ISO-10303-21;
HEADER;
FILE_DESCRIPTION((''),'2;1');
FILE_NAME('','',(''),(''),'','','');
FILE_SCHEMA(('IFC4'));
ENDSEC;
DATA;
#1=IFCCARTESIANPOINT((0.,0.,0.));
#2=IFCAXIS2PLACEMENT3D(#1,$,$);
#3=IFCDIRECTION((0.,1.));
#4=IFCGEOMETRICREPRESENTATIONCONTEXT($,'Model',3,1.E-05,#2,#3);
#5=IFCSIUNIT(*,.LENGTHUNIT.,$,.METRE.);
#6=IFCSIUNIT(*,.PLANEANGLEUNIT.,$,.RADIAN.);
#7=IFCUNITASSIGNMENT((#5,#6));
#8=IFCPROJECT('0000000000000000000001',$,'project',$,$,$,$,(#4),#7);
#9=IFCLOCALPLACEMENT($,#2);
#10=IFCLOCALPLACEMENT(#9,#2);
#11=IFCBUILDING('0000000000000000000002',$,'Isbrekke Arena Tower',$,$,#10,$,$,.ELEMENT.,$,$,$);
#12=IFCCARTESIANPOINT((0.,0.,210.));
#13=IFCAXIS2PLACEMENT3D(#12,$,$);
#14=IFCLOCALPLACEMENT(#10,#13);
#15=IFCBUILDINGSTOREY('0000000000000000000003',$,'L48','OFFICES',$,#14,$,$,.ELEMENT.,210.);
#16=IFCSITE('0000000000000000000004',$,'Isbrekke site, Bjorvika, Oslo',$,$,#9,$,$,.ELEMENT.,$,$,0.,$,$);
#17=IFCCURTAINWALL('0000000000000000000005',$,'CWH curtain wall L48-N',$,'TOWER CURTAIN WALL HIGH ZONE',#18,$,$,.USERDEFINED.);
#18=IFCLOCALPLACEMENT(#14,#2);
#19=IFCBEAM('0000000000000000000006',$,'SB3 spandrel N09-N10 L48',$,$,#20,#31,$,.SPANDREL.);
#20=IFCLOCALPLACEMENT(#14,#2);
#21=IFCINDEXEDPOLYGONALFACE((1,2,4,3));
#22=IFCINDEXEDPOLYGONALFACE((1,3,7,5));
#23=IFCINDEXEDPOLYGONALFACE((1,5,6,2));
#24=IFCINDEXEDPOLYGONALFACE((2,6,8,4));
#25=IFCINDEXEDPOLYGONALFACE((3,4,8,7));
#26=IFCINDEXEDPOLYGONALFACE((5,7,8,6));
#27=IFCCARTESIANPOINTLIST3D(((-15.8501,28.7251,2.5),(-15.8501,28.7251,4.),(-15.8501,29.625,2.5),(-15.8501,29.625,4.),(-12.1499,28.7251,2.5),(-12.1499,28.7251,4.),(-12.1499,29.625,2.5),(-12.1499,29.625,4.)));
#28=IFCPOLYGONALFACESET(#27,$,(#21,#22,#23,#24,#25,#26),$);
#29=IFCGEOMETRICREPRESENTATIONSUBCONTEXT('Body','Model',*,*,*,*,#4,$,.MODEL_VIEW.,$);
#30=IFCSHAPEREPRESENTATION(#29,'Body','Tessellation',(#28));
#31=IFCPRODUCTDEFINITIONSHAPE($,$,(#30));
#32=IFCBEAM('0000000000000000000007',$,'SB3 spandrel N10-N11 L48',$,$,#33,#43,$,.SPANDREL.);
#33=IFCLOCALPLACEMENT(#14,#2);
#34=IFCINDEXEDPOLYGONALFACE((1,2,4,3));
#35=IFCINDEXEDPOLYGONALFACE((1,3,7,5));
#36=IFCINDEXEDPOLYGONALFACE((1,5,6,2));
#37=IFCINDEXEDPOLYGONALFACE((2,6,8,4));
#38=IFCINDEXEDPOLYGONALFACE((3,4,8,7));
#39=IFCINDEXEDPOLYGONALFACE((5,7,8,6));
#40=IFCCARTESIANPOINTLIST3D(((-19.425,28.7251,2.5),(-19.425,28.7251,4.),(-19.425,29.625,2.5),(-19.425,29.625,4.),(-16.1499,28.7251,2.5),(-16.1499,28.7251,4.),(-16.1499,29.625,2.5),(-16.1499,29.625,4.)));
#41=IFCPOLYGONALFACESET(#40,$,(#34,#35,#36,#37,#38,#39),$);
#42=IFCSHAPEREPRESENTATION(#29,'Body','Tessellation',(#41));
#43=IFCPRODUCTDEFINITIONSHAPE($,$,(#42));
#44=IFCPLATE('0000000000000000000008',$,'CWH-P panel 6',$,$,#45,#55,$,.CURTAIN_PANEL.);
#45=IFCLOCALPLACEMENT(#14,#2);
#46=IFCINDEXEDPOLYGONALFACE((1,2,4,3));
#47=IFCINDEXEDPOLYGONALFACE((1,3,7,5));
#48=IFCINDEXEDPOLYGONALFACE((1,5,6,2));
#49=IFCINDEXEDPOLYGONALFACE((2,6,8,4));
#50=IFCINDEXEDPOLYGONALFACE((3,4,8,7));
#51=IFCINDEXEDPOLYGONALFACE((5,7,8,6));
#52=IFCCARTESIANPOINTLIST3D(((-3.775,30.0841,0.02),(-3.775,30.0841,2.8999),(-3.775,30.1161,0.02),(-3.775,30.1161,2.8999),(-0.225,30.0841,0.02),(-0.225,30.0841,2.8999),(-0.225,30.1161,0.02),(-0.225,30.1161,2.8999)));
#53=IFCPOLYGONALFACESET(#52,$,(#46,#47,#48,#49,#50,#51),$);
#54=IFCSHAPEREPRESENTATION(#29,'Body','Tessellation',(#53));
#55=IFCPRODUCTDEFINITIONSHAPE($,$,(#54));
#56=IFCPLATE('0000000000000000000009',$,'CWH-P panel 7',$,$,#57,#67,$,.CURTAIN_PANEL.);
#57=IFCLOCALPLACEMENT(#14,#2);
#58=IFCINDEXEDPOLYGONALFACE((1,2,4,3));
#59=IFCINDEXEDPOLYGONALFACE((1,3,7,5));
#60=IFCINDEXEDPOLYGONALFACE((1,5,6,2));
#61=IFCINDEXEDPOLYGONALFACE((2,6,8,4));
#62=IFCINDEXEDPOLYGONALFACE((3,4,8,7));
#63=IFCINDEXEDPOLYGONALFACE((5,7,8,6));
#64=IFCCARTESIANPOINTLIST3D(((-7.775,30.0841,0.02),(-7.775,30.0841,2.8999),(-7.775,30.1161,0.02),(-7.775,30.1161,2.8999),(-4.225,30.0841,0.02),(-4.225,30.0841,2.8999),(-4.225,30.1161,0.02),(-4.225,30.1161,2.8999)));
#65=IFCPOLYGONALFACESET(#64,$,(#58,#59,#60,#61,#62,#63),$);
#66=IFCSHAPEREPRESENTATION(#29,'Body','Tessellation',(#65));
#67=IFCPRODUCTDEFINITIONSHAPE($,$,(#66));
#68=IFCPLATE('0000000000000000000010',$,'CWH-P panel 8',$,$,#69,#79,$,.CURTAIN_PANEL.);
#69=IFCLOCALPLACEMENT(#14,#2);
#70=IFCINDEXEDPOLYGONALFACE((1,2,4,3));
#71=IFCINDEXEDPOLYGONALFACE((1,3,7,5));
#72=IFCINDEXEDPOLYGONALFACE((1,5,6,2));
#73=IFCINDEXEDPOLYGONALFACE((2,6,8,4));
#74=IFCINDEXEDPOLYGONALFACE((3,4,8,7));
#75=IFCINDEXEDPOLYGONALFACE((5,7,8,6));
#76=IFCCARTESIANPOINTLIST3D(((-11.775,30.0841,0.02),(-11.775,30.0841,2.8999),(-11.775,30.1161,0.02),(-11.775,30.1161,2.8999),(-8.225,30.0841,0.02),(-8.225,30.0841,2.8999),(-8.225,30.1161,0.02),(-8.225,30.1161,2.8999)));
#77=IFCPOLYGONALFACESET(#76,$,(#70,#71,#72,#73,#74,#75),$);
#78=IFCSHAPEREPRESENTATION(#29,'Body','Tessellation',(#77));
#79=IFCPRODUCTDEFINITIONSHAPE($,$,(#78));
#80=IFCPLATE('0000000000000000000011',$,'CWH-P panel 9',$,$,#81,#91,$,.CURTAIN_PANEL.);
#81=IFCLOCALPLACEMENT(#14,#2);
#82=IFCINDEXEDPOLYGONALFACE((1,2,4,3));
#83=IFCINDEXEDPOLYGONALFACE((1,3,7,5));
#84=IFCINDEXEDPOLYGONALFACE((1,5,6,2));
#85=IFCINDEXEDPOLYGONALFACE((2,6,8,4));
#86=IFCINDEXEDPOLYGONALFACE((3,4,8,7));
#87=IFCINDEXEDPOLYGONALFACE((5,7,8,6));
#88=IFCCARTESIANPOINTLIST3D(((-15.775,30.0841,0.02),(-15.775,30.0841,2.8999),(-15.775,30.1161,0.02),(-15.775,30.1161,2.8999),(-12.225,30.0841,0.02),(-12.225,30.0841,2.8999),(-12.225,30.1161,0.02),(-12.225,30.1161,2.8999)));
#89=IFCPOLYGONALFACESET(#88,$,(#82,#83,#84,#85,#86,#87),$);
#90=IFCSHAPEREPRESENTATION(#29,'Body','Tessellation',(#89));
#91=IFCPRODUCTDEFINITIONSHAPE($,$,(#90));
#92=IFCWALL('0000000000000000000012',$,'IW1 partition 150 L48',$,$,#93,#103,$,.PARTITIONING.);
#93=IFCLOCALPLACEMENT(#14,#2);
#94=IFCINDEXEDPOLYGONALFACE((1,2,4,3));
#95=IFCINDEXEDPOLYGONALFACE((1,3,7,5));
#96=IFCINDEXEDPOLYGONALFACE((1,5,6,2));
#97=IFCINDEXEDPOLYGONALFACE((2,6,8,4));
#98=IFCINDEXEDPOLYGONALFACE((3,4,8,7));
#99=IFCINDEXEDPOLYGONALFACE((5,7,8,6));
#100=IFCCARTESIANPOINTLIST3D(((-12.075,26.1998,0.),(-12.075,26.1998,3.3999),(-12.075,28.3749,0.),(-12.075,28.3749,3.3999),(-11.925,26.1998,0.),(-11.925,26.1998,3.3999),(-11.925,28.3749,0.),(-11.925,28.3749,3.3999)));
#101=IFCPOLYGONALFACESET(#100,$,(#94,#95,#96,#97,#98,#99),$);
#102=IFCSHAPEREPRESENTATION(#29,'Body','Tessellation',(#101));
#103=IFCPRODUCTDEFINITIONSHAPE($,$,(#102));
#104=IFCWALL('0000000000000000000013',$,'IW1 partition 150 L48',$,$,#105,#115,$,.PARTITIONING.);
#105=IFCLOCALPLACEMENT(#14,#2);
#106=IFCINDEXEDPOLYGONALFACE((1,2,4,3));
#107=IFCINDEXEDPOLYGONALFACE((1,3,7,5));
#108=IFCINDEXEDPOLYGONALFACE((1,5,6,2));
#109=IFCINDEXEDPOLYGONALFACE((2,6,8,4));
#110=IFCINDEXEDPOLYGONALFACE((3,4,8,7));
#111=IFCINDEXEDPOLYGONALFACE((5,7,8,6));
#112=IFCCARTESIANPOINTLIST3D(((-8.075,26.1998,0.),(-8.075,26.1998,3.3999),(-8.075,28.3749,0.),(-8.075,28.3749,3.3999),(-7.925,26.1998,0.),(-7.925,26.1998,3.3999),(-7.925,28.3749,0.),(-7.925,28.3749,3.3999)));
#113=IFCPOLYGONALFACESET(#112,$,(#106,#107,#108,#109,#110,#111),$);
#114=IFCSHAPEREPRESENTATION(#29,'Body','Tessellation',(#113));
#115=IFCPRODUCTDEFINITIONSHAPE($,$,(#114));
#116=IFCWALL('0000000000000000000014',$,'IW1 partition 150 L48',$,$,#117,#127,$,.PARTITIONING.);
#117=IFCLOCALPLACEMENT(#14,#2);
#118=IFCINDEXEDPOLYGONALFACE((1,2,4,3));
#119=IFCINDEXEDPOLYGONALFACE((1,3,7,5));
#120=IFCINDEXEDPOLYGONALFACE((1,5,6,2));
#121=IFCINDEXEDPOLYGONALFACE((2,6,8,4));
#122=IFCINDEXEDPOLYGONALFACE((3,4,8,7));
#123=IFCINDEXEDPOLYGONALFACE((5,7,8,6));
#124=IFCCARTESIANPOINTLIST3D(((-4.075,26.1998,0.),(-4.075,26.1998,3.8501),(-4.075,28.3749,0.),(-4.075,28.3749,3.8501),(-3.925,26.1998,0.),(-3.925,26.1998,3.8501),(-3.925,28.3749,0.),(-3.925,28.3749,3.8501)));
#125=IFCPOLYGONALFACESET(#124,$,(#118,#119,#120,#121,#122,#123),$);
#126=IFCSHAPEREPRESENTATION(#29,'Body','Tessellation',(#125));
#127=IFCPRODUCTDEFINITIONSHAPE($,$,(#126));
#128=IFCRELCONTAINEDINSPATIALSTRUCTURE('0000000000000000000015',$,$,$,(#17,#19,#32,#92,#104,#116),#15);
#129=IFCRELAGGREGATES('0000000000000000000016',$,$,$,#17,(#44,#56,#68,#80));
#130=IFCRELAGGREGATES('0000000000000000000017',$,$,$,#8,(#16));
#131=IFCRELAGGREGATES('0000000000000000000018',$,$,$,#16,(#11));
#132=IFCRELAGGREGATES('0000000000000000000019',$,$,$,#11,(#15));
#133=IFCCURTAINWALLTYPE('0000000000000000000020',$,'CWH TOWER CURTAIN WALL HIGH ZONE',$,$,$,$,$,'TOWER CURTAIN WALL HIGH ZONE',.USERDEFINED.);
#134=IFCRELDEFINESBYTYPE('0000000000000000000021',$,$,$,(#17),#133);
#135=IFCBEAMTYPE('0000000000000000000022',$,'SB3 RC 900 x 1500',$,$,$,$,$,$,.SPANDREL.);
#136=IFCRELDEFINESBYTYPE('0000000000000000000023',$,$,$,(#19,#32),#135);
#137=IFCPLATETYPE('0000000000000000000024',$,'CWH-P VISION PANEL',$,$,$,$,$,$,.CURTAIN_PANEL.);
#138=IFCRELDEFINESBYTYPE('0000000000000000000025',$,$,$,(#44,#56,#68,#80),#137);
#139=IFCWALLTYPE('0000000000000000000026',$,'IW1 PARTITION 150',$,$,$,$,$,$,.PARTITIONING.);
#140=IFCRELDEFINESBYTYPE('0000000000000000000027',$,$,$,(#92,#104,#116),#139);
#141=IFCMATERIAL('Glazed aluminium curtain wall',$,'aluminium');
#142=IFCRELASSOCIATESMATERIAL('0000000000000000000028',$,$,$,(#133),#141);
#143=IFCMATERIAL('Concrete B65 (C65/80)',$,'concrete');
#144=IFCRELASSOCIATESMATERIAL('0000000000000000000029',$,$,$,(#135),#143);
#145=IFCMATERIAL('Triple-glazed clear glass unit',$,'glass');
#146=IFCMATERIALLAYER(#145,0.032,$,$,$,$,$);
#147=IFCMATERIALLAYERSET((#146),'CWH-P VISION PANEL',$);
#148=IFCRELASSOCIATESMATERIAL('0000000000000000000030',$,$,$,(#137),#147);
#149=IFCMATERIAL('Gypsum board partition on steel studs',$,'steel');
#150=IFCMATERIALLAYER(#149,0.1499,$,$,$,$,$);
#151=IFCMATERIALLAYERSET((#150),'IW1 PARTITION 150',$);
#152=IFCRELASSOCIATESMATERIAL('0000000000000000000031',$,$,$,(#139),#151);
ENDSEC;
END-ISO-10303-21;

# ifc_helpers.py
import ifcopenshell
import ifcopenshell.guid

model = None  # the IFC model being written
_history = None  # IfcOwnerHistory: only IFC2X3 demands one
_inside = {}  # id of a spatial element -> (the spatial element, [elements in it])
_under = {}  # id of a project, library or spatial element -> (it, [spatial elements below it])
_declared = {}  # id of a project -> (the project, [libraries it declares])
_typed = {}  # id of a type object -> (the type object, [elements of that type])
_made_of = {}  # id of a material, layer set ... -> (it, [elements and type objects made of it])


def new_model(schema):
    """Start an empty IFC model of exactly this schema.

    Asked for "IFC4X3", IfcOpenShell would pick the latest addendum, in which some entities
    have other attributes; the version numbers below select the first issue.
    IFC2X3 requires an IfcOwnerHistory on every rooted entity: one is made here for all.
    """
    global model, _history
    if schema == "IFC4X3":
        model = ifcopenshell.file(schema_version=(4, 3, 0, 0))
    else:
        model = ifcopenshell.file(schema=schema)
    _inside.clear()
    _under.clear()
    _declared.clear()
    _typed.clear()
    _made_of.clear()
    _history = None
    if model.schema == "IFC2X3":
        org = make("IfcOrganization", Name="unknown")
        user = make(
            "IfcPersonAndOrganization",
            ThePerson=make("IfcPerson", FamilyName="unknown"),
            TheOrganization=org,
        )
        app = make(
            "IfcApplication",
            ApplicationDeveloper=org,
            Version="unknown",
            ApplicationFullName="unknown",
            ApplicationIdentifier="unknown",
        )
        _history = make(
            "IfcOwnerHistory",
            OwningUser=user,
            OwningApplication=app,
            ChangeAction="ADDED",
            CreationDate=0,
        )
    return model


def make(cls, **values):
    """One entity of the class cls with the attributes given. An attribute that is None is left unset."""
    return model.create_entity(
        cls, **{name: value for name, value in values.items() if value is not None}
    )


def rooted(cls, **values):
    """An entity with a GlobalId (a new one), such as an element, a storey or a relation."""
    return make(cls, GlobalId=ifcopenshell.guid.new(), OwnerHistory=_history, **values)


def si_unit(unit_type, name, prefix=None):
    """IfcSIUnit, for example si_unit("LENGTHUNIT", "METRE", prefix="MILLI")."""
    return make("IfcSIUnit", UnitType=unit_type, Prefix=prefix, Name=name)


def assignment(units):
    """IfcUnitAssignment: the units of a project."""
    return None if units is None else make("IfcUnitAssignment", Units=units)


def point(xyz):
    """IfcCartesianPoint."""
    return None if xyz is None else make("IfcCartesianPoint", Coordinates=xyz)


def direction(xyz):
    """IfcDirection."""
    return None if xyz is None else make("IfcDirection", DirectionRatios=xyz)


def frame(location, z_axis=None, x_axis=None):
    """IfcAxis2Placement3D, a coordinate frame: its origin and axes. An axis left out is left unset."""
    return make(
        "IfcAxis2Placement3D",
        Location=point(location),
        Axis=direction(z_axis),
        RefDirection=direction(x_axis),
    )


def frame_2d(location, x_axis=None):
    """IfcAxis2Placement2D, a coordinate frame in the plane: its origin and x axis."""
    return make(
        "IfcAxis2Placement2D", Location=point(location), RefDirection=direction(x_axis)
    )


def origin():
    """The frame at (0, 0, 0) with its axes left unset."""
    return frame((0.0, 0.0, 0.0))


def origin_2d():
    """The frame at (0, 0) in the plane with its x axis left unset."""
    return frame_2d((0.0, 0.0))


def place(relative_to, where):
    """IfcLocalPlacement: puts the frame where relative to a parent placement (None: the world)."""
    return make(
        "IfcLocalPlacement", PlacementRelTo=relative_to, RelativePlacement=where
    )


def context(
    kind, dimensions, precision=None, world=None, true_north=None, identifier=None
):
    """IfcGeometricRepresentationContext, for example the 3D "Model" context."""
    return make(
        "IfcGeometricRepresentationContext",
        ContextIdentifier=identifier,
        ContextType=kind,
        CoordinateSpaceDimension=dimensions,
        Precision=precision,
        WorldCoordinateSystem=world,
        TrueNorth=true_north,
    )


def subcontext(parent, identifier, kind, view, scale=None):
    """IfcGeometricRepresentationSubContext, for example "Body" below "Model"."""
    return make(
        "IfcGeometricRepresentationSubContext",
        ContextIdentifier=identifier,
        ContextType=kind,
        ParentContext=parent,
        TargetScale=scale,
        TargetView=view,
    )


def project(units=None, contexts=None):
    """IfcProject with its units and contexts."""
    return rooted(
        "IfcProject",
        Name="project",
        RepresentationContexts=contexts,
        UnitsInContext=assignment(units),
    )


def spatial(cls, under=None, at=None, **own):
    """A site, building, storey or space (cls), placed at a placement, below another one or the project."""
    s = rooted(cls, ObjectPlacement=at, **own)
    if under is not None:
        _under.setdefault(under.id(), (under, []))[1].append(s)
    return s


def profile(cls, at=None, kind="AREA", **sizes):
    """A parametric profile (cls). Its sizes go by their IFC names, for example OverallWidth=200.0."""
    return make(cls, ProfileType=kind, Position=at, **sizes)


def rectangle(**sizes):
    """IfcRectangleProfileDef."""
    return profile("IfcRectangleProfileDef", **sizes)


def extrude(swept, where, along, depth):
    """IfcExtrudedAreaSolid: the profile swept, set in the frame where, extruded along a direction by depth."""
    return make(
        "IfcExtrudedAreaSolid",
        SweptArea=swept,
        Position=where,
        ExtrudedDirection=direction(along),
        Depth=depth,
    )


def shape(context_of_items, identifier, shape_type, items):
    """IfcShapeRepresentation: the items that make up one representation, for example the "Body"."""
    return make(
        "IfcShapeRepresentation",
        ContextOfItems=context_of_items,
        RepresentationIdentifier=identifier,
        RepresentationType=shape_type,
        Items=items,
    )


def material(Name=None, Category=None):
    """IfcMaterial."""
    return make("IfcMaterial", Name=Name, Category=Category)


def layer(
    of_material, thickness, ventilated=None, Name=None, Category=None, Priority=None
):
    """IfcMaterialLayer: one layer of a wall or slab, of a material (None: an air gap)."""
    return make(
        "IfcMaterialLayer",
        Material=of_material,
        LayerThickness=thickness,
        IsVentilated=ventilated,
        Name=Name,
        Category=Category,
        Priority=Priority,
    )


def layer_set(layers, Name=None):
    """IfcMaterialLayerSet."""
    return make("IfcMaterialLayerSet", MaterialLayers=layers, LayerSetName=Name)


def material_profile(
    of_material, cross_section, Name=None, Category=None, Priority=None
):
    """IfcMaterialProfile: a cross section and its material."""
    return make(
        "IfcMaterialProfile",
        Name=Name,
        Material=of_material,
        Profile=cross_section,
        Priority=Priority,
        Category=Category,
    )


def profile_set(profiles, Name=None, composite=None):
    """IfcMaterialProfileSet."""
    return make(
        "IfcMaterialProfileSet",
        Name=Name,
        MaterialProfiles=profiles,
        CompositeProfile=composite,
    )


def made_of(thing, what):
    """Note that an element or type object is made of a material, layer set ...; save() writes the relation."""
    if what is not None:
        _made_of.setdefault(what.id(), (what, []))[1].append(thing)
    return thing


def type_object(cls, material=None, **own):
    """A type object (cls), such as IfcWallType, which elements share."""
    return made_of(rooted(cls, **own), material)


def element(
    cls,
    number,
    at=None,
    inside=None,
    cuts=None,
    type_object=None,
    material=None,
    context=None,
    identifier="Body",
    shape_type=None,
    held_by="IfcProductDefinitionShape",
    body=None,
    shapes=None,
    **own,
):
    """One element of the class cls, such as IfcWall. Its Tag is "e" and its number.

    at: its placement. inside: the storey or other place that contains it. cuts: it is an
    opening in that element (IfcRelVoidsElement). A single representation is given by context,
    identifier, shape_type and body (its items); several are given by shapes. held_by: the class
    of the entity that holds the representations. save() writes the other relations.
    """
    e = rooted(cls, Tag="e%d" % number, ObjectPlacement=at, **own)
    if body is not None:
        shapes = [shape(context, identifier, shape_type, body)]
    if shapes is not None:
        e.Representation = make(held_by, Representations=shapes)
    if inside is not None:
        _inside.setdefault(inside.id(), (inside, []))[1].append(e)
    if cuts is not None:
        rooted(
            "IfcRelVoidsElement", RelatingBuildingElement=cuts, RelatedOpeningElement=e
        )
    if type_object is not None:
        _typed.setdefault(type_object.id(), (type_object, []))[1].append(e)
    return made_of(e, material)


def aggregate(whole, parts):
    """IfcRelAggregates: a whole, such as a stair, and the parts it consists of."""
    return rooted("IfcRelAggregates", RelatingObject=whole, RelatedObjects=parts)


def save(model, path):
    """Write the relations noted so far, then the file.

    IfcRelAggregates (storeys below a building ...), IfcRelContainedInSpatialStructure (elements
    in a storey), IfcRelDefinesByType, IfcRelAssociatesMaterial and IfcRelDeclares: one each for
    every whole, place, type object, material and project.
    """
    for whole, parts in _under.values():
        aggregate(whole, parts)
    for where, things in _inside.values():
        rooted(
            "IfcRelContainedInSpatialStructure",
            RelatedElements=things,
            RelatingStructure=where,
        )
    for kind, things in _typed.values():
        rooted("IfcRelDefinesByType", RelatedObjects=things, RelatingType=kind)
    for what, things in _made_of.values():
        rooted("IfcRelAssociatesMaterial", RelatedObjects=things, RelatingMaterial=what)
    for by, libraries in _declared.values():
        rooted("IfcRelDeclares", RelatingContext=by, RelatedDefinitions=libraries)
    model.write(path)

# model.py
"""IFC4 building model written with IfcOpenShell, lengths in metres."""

from ifc_helpers import new_model, si_unit, direction, frame, frame_2d, origin, origin_2d, place, context, subcontext, project, spatial, rectangle, extrude, material, layer, layer_set, material_profile, profile_set, type_object, element, aggregate, save


model = new_model("IFC4")

# Units and contexts
model_context = context("Model", 3, precision=1e-05, world=origin(), true_north=direction((0.0, 1.0)))
body_context = subcontext(model_context, "Body", "Model", "MODEL_VIEW")
ifc_project = project(units=[si_unit("LENGTHUNIT", "METRE"), si_unit("PLANEANGLEUNIT", "RADIAN")], contexts=[model_context])

# Site, building, storey
site_placement = place(None, origin())
site = spatial("IfcSite", under=ifc_project, at=site_placement, Name="Isbrekke site, Bjorvika, Oslo", CompositionType="ELEMENT", RefElevation=0.0)
building_placement = place(site_placement, origin())
building = spatial("IfcBuilding", under=site, at=building_placement, Name="Isbrekke Arena Tower", CompositionType="ELEMENT")
storey_placement = place(building_placement, frame((0.0, 0.0, 210.0)))
storey = spatial("IfcBuildingStorey", under=building, at=storey_placement, Name="L48", Description="OFFICES", CompositionType="ELEMENT", Elevation=210.0)

# Curtain wall
ifc_material_1 = material(Name="Glazed aluminium curtain wall", Category="aluminium")
curtain_wall_type = type_object("IfcCurtainWallType", Name="CWH TOWER CURTAIN WALL HIGH ZONE", ElementType="TOWER CURTAIN WALL HIGH ZONE", PredefinedType="USERDEFINED", material=ifc_material_1)
curtain_wall_placement = place(storey_placement, origin())
curtain_wall = element("IfcCurtainWall", 1, at=curtain_wall_placement, inside=storey, type_object=curtain_wall_type, Name="CWH curtain wall L48-N", ObjectType="TOWER CURTAIN WALL HIGH ZONE", PredefinedType="USERDEFINED")

# Beams
ifc_material_2 = material(Name="Concrete B65 (C65/80)", Category="concrete")
ifc_material_profile_1 = material_profile(ifc_material_2, rectangle(XDim=0.8999, YDim=1.5, at=origin_2d()), Name="RC 900x1500")
ifc_profile_set_1 = profile_set([ifc_material_profile_1], Name="Concrete B65 (C65/80)")
beam_type_1 = type_object("IfcBeamType", Name="SB3 RC 900 x 1500", PredefinedType="SPANDREL", material=ifc_profile_set_1)
for number, where, z_axis, x_axis, name in (
    (2, (-12.1499, 29.175, 3.25), (-1.0, 0.0, 0.0), (0.0, -1.0, 0.0), "SB3 spandrel N09-N10 L48"),
):
    element("IfcBeam", number, at=place(storey_placement, frame(where, z_axis=z_axis, x_axis=x_axis)), inside=storey, type_object=beam_type_1, Name=name, PredefinedType="SPANDREL", context=body_context, shape_type="SweptSolid", body=[
        extrude(rectangle(XDim=0.8999, YDim=1.5, at=origin_2d()), origin(), (0.0, 0.0, 1.0), 3.7002),
    ])
beam_1_placement = place(storey_placement, frame((-16.1499, 29.175, 3.25), z_axis=(-1.0, 0.0, 0.0), x_axis=(0.0, -1.0, 0.0)))
element("IfcBeam", 3, at=beam_1_placement, inside=storey, type_object=beam_type_1, Name="SB3 spandrel N10-N11 L48", PredefinedType="SPANDREL", context=body_context, shape_type="SweptSolid", body=[
    extrude(rectangle(XDim=0.8999, YDim=1.5, at=origin_2d()), origin(), (0.0, 0.0, 1.0), 3.2751),
])

# Plates
ifc_material_3 = material(Name="Triple-glazed clear glass unit", Category="glass")
ifc_layer_1 = layer(ifc_material_3, 0.032)
ifc_layer_set_1 = layer_set([ifc_layer_1], Name="CWH-P VISION PANEL")
plate_type = type_object("IfcPlateType", Name="CWH-P VISION PANEL", PredefinedType="CURTAIN_PANEL", material=ifc_layer_set_1)
plate_1_placement = place(storey_placement, frame((-2.0, 30.1001, 0.02), z_axis=(0.0, 0.0, 1.0), x_axis=(-1.0, 0.0, 0.0)))
plate_1 = element("IfcPlate", 4, at=plate_1_placement, type_object=plate_type, Name="CWH-P panel 6", PredefinedType="CURTAIN_PANEL", context=body_context, shape_type="SweptSolid", body=[
    extrude(rectangle(XDim=3.55, YDim=0.032, at=origin_2d()), origin(), (0.0, 0.0, 1.0), 2.8799),
])
plate_2_placement = place(storey_placement, frame((-6.0, 30.1001, 0.02), z_axis=(0.0, 0.0, 1.0), x_axis=(-1.0, 0.0, 0.0)))
plate_2 = element("IfcPlate", 5, at=plate_2_placement, type_object=plate_type, Name="CWH-P panel 7", PredefinedType="CURTAIN_PANEL", context=body_context, shape_type="SweptSolid", body=[
    extrude(rectangle(XDim=3.55, YDim=0.032, at=origin_2d()), origin(), (0.0, 0.0, 1.0), 2.8799),
])
plate_3_placement = place(storey_placement, frame((-10.0, 30.1001, 0.02), z_axis=(0.0, 0.0, 1.0), x_axis=(-1.0, 0.0, 0.0)))
plate_3 = element("IfcPlate", 6, at=plate_3_placement, type_object=plate_type, Name="CWH-P panel 8", PredefinedType="CURTAIN_PANEL", context=body_context, shape_type="SweptSolid", body=[
    extrude(rectangle(XDim=3.55, YDim=0.032, at=origin_2d()), origin(), (0.0, 0.0, 1.0), 2.8799),
])
plate_4_placement = place(storey_placement, frame((-14.0, 30.1001, 0.02), z_axis=(0.0, 0.0, 1.0), x_axis=(-1.0, 0.0, 0.0)))
plate_4 = element("IfcPlate", 7, at=plate_4_placement, type_object=plate_type, Name="CWH-P panel 9", PredefinedType="CURTAIN_PANEL", context=body_context, shape_type="SweptSolid", body=[
    extrude(rectangle(XDim=3.55, YDim=0.032, at=origin_2d()), origin(), (0.0, 0.0, 1.0), 2.8799),
])
aggregate(curtain_wall, [plate_1, plate_2, plate_3, plate_4])

# Walls
ifc_material_4 = material(Name="Gypsum board partition on steel studs", Category="steel")
ifc_layer_2 = layer(ifc_material_4, 0.1499)
ifc_layer_set_2 = layer_set([ifc_layer_2], Name="IW1 PARTITION 150")
wall_type = type_object("IfcWallType", Name="IW1 PARTITION 150", PredefinedType="PARTITIONING", material=ifc_layer_set_2)
for number, where, z_axis, x_axis, name in (
    (8, (-12.0, 26.2, 0.0), (0.0, 0.0, 1.0), (0.0, 1.0, 0.0), "IW1 partition 150 L48"),
    (9, (-8.0, 26.2, 0.0), (0.0, 0.0, 1.0), (0.0, 1.0, 0.0), "IW1 partition 150 L48"),
):
    element("IfcWall", number, at=place(storey_placement, frame(where, z_axis=z_axis, x_axis=x_axis)), inside=storey, type_object=wall_type, Name=name, PredefinedType="PARTITIONING", context=body_context, shape_type="SweptSolid", body=[
        extrude(rectangle(XDim=2.175, YDim=0.1499, at=frame_2d((1.0874, 0.0))), origin(), (0.0, 0.0, 1.0), 3.3999),
    ])
wall_placement = place(storey_placement, frame((-4.0, 26.2, 0.0), z_axis=(0.0, 0.0, 1.0), x_axis=(0.0, 1.0, 0.0)))
element("IfcWall", 10, at=wall_placement, inside=storey, type_object=wall_type, Name="IW1 partition 150 L48", PredefinedType="PARTITIONING", context=body_context, shape_type="SweptSolid", body=[
    extrude(rectangle(XDim=2.175, YDim=0.1499, at=frame_2d((1.0874, 0.0))), origin(), (0.0, 0.0, 1.0), 3.8501),
])

save(model, "model.ifc")
